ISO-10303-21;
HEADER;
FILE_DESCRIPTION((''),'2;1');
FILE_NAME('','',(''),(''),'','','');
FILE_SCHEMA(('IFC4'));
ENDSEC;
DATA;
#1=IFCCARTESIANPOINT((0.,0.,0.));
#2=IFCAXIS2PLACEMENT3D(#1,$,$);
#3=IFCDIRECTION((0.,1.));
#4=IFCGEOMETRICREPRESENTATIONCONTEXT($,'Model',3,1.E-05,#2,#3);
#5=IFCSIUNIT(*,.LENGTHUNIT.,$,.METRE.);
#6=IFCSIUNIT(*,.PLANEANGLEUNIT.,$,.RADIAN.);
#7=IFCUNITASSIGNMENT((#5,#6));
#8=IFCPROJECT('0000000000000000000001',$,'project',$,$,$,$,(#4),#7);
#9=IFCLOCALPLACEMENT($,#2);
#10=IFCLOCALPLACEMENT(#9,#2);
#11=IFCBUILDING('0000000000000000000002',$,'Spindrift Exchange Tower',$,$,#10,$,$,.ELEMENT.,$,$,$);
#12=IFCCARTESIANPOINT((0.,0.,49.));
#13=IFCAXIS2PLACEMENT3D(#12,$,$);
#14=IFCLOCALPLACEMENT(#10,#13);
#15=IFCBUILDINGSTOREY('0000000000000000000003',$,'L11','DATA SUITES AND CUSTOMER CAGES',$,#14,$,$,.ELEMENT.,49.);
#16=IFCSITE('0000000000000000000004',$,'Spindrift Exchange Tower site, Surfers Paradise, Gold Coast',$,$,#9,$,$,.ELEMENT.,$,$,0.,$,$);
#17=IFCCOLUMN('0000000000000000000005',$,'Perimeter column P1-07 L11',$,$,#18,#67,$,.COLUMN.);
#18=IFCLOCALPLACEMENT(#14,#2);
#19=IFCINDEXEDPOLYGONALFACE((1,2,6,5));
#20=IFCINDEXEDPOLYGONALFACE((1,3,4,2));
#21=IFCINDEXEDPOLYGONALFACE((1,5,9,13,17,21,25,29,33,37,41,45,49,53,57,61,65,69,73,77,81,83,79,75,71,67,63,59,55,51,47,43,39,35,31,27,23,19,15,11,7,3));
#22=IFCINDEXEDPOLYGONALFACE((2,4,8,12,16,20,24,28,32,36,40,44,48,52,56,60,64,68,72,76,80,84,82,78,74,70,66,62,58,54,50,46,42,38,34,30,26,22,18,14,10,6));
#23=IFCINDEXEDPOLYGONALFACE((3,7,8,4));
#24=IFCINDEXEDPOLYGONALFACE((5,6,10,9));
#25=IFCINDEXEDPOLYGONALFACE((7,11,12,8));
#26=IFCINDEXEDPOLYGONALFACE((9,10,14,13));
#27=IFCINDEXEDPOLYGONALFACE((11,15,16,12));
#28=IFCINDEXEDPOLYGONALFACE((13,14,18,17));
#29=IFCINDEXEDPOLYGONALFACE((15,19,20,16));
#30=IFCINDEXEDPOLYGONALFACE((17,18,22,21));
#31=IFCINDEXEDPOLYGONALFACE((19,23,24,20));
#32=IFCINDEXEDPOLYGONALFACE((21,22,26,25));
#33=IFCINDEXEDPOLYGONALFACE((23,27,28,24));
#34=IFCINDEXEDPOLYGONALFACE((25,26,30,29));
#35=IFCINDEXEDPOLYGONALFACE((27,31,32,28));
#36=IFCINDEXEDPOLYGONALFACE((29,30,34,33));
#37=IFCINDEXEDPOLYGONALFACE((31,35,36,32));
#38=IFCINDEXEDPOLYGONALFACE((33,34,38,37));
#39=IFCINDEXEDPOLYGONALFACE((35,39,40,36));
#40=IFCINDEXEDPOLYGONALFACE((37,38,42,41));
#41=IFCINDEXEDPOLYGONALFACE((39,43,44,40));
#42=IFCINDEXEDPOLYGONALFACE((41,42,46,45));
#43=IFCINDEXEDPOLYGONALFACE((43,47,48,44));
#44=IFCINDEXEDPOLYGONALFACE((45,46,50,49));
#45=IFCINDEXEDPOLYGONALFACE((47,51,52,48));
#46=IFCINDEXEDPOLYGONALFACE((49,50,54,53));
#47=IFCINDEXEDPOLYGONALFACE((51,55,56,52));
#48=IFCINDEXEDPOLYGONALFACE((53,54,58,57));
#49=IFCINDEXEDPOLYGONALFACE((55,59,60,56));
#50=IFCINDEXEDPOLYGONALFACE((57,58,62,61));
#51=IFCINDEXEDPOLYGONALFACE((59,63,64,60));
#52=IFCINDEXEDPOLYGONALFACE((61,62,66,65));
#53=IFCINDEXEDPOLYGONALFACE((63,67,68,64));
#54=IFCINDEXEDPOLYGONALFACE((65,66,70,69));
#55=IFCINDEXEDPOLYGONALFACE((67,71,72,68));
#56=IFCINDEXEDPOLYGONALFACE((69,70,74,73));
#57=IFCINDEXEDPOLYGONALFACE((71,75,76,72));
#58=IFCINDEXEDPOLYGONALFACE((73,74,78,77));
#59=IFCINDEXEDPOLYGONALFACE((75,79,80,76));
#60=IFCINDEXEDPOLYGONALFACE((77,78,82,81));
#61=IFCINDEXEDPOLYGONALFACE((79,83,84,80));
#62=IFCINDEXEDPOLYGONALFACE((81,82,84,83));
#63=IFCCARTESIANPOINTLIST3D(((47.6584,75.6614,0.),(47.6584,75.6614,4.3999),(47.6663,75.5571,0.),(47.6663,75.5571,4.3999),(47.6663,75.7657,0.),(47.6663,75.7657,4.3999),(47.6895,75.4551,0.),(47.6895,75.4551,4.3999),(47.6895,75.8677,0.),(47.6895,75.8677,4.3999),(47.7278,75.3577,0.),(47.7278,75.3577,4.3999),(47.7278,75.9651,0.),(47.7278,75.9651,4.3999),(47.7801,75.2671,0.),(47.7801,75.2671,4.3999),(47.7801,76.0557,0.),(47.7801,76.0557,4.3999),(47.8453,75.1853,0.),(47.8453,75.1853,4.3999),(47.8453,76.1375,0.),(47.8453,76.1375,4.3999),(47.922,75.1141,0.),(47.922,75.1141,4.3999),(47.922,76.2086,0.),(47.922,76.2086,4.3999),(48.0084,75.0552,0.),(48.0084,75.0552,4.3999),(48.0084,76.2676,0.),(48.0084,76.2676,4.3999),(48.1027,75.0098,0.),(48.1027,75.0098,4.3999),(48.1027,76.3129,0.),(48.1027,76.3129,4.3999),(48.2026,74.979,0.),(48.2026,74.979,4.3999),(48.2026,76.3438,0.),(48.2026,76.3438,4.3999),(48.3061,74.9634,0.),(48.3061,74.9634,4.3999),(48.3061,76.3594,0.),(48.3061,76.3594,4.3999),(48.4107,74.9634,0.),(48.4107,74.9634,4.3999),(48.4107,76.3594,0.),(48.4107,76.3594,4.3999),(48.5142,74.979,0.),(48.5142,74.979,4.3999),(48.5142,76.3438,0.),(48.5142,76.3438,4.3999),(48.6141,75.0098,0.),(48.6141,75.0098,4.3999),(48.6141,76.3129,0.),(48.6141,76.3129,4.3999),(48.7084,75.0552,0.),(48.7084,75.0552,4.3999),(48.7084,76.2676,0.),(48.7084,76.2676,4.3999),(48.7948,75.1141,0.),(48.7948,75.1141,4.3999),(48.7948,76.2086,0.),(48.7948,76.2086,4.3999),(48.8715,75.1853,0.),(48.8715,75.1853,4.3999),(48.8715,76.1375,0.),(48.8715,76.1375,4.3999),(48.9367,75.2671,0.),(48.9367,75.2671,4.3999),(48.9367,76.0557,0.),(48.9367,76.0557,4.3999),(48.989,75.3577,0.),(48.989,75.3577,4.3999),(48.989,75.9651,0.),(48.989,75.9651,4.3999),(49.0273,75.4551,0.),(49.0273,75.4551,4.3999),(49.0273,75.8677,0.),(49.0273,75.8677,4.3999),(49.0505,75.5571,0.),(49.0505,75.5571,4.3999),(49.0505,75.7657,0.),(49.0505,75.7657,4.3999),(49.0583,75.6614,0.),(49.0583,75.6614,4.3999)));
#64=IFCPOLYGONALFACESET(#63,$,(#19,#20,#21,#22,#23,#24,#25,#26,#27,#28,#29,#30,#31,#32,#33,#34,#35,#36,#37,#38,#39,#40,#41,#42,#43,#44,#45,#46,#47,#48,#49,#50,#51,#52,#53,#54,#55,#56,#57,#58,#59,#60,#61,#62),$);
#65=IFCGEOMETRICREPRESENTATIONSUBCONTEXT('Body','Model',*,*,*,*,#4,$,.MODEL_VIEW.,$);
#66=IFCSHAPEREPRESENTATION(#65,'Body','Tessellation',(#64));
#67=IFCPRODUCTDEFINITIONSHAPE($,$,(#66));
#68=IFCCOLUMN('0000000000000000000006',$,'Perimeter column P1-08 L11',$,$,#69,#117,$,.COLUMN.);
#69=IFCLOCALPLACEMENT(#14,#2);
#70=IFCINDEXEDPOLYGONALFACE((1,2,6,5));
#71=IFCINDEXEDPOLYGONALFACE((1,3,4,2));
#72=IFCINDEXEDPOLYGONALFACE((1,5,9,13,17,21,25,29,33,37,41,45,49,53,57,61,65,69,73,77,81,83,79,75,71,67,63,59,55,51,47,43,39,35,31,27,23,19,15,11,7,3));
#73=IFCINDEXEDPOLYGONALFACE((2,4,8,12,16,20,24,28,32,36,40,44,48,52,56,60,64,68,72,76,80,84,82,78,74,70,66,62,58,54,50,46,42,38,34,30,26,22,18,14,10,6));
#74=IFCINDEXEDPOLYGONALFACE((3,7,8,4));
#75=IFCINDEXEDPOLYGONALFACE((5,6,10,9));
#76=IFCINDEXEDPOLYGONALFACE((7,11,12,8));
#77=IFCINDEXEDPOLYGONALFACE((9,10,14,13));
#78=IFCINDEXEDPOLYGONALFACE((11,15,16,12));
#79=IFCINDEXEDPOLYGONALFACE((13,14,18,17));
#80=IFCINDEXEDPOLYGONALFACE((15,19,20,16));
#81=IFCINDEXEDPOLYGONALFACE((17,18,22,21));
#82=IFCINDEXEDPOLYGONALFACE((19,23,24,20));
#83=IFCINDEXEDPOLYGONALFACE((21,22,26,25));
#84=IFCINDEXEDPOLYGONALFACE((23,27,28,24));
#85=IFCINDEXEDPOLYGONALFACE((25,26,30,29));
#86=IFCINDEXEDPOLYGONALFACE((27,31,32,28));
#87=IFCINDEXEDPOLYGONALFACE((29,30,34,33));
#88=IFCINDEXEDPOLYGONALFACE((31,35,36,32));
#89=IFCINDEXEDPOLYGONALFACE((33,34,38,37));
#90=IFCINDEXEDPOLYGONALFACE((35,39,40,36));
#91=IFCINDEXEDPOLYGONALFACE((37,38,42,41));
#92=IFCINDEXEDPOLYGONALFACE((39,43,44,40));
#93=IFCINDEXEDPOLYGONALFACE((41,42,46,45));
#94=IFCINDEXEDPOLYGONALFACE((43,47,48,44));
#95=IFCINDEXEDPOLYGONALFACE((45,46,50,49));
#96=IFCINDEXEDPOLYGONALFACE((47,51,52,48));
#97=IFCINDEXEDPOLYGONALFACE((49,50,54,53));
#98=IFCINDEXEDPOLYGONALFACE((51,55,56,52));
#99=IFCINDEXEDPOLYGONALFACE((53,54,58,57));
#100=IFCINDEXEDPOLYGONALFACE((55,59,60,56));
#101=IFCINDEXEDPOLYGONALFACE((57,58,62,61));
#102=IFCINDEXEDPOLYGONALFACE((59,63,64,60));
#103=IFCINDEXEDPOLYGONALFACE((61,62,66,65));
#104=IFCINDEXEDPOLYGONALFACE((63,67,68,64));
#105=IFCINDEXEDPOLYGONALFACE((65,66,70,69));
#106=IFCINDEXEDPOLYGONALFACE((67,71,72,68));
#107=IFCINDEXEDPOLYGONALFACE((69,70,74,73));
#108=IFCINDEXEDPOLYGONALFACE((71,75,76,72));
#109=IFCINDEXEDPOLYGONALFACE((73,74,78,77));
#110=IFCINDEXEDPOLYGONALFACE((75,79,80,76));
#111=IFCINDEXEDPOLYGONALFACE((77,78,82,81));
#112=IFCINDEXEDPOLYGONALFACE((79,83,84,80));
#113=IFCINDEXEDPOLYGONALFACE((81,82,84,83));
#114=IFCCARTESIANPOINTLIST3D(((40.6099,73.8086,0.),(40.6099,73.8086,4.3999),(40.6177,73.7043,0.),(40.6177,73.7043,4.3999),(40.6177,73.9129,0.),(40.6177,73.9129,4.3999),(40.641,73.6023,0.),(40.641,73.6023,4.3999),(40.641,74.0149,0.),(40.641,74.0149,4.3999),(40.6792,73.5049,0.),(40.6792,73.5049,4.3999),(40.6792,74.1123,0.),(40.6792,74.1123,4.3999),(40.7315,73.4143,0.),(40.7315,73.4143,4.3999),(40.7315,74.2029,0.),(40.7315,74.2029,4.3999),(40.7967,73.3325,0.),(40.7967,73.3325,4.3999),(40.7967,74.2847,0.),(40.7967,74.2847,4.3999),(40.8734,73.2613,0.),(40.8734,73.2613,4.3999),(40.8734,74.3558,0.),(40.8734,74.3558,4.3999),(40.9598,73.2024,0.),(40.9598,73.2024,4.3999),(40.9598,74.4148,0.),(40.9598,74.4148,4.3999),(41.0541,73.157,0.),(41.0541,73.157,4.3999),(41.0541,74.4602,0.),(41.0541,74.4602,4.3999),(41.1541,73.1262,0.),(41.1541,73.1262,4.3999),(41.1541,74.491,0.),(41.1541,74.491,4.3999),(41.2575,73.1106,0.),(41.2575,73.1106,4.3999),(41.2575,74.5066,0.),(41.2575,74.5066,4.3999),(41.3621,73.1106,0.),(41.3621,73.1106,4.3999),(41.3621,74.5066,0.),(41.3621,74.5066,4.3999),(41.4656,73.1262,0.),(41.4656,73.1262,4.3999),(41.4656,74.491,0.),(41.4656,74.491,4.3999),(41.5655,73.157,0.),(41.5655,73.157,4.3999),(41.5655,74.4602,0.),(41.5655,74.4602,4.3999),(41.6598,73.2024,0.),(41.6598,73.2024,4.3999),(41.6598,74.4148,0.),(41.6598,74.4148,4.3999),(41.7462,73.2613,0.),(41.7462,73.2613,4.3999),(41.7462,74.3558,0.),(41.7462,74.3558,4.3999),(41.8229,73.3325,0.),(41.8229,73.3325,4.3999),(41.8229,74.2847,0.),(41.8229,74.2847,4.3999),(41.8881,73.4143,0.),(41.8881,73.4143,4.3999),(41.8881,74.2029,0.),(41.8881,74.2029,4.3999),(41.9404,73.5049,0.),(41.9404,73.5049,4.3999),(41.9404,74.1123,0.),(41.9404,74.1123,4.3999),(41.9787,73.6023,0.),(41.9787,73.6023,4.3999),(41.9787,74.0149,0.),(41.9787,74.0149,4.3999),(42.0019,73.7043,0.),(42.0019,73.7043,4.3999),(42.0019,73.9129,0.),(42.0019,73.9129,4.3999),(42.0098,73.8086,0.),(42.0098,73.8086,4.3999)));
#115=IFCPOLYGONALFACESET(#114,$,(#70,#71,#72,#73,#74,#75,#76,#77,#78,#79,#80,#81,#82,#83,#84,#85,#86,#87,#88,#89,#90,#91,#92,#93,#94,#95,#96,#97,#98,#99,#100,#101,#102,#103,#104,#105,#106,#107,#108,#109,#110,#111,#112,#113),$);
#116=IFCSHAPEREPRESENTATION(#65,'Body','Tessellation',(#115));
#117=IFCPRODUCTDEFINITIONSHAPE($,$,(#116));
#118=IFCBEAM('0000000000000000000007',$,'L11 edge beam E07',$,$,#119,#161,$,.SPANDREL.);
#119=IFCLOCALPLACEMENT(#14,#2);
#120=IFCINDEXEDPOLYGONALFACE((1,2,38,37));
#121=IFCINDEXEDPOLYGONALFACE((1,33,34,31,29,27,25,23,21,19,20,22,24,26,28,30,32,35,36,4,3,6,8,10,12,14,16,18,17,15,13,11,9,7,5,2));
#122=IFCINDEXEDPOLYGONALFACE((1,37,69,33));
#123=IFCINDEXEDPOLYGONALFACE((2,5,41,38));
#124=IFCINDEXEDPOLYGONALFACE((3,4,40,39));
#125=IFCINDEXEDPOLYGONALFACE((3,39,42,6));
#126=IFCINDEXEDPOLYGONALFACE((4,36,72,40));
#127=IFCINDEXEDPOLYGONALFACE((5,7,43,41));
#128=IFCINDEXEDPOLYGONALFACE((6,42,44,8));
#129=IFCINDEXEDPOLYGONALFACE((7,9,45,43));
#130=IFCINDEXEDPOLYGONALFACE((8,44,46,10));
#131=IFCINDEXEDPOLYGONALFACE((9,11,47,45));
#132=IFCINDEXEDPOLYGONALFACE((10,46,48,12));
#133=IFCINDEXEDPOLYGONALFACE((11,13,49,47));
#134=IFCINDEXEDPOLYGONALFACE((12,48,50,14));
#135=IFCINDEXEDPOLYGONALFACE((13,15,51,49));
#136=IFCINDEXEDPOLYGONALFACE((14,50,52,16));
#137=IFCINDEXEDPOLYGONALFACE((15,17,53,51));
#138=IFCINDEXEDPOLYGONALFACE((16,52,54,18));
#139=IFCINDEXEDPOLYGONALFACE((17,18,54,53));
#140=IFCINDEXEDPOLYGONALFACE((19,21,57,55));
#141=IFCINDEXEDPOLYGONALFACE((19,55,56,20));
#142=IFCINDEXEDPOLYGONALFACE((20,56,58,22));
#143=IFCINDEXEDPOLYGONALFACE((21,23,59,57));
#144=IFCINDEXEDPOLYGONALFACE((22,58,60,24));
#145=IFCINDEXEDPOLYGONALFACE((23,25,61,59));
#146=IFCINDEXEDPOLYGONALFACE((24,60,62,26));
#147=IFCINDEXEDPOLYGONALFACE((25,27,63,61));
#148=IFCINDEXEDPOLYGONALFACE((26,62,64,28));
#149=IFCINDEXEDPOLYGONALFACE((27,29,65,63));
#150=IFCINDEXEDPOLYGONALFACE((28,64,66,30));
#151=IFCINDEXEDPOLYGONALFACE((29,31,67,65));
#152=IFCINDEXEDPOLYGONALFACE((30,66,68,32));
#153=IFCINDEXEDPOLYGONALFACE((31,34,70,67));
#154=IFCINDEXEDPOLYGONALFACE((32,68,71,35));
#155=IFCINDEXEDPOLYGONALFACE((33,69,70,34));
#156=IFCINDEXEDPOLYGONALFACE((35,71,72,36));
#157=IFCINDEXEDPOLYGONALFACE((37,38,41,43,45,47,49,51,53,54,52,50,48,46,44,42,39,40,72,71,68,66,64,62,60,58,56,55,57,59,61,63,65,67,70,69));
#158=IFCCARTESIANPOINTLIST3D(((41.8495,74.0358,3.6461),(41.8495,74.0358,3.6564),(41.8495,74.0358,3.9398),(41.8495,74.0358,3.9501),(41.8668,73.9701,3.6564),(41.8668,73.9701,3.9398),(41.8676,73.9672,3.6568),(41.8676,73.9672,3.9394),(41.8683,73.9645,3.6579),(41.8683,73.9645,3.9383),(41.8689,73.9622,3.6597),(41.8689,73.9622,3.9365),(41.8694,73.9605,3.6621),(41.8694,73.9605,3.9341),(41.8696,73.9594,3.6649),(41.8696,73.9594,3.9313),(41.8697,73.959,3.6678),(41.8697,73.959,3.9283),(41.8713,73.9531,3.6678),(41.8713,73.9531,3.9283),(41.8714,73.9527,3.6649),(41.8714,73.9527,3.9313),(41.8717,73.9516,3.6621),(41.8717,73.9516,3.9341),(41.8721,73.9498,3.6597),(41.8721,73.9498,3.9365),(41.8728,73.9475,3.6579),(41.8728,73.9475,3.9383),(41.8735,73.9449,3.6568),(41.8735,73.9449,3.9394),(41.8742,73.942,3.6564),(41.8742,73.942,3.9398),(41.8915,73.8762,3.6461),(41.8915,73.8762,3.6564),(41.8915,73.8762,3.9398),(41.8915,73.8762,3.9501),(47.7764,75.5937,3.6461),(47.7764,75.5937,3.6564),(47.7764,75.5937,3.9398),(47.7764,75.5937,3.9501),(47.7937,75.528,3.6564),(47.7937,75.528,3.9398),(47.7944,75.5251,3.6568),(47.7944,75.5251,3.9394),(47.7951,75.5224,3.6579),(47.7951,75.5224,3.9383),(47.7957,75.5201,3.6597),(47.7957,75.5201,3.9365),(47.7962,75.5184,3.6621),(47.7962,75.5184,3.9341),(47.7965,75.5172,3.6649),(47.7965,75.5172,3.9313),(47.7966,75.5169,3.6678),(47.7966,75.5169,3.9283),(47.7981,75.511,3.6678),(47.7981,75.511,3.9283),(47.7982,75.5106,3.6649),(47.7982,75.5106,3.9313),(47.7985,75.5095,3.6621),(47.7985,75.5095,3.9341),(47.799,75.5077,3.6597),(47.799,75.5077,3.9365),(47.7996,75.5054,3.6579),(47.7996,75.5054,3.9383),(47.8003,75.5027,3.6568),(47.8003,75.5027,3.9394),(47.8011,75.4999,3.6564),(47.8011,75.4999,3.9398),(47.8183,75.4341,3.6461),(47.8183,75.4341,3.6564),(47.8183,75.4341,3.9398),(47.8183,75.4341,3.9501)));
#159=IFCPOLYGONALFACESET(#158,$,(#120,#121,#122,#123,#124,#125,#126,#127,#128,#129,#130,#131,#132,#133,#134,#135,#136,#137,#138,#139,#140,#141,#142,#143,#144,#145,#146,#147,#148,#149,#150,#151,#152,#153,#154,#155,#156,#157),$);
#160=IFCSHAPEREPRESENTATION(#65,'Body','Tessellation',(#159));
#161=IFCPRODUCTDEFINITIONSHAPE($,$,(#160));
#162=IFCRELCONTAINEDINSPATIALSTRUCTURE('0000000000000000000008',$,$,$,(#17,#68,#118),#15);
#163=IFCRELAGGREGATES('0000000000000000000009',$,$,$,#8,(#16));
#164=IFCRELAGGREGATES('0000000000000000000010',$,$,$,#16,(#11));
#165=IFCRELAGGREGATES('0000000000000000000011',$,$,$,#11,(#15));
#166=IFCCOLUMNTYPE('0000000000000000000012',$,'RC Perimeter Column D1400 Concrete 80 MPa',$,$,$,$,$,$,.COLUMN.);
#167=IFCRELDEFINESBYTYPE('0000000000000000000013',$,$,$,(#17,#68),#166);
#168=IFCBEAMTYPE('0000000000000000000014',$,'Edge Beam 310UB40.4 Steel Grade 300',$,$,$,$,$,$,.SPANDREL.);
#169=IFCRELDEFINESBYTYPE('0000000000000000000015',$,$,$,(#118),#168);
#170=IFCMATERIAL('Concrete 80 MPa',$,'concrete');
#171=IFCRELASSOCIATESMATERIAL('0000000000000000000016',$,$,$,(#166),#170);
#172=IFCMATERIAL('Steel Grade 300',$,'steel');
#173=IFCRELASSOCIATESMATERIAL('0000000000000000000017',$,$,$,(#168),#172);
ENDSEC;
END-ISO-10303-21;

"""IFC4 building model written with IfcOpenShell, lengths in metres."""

from ifc_helpers import new_model, si_unit, direction, frame, origin, origin_2d, place, context, subcontext, project, spatial, circle, i_section, extrude, source, transform, mapped, material, material_profile, profile_set, type_object, element, save


model = new_model("IFC4")

# Units and contexts
model_context = context("Model", 3, precision=1e-05, world=origin(), true_north=direction((0.0, 1.0)))
body_context = subcontext(model_context, "Body", "Model", "MODEL_VIEW")
ifc_project = project(units=[si_unit("LENGTHUNIT", "METRE"), si_unit("PLANEANGLEUNIT", "RADIAN")], contexts=[model_context])

# Site, building, storey
site_placement = place(None, origin())
site = spatial("IfcSite", under=ifc_project, at=site_placement, Name="Spindrift Exchange Tower site, Surfers Paradise, Gold Coast", CompositionType="ELEMENT", RefElevation=0.0)
building_placement = place(site_placement, origin())
building = spatial("IfcBuilding", under=site, at=building_placement, Name="Spindrift Exchange Tower", CompositionType="ELEMENT")
storey_placement = place(building_placement, frame((0.0, 0.0, 49.0)))
storey = spatial("IfcBuildingStorey", under=building, at=storey_placement, Name="L11", Description="DATA SUITES AND CUSTOMER CAGES", CompositionType="ELEMENT", Elevation=49.0)

# Columns
ifc_material_1 = material(Name="Concrete 80 MPa", Category="concrete")
ifc_material_profile_1 = material_profile(ifc_material_1, circle(Radius=0.7, at=origin_2d()), Name="RC D1400")
ifc_profile_set_1 = profile_set([ifc_material_profile_1], Name="Concrete 80 MPa")
column_type = type_object("IfcColumnType", Name="RC Perimeter Column D1400 Concrete 80 MPa", PredefinedType="COLUMN", material=ifc_profile_set_1)
shared_shape_1 = source(origin(), body_context, "Body", "SweptSolid", [
    extrude(circle(Radius=0.7, at=origin_2d()), origin(), (0.0, 0.0, 1.0), 4.3999),
])
for number, where, z_axis, x_axis, name in (
    (1, (48.3584, 75.6614, 0.0), (0.0, 0.0, 1.0), (1.0, 0.0, 0.0), "Perimeter column P1-07 L11"),
    (2, (41.3098, 73.8086, 0.0), (0.0, 0.0, 1.0), (1.0, 0.0, 0.0), "Perimeter column P1-08 L11"),
):
    element("IfcColumn", number, at=place(storey_placement, frame(where, z_axis=z_axis, x_axis=x_axis)), inside=storey, type_object=column_type, Name=name, PredefinedType="COLUMN", context=body_context, shape_type="MappedRepresentation", body=[
        mapped(shared_shape_1, transform((0.0, 0.0, 0.0), scale=1.0)),
    ])

# Beam
ifc_material_2 = material(Name="Steel Grade 300", Category="steel")
ifc_material_profile_2 = material_profile(ifc_material_2, i_section(OverallWidth=0.165, OverallDepth=0.304, WebThickness=0.0061, FlangeThickness=0.0103, FilletRadius=0.0115, at=origin_2d()), Name="310UB40.4")
ifc_profile_set_2 = profile_set([ifc_material_profile_2], Name="Steel Grade 300")
beam_type_1 = type_object("IfcBeamType", Name="Edge Beam 310UB40.4 Steel Grade 300", PredefinedType="SPANDREL", material=ifc_profile_set_2)
shared_shape_2 = source(origin(), body_context, "Body", "SweptSolid", [
    extrude(i_section(OverallWidth=0.165, OverallDepth=0.304, WebThickness=0.0061, FlangeThickness=0.0103, FilletRadius=0.0115, at=origin_2d()), origin(), (0.0, 0.0, 1.0), 6.1282),
])
beam_1_placement = place(storey_placement, frame((47.7974, 75.5139, 3.7981), z_axis=(-0.967147, -0.254217, 0.0), x_axis=(0.254217, -0.967147, 0.0)))
element("IfcBeam", 3, at=beam_1_placement, inside=storey, type_object=beam_type_1, Name="L11 edge beam E07", PredefinedType="SPANDREL", context=body_context, shape_type="MappedRepresentation", body=[
    mapped(shared_shape_2, transform((0.0, 0.0, 0.0), scale=1.0)),
])

save(model, "model.ifc")
